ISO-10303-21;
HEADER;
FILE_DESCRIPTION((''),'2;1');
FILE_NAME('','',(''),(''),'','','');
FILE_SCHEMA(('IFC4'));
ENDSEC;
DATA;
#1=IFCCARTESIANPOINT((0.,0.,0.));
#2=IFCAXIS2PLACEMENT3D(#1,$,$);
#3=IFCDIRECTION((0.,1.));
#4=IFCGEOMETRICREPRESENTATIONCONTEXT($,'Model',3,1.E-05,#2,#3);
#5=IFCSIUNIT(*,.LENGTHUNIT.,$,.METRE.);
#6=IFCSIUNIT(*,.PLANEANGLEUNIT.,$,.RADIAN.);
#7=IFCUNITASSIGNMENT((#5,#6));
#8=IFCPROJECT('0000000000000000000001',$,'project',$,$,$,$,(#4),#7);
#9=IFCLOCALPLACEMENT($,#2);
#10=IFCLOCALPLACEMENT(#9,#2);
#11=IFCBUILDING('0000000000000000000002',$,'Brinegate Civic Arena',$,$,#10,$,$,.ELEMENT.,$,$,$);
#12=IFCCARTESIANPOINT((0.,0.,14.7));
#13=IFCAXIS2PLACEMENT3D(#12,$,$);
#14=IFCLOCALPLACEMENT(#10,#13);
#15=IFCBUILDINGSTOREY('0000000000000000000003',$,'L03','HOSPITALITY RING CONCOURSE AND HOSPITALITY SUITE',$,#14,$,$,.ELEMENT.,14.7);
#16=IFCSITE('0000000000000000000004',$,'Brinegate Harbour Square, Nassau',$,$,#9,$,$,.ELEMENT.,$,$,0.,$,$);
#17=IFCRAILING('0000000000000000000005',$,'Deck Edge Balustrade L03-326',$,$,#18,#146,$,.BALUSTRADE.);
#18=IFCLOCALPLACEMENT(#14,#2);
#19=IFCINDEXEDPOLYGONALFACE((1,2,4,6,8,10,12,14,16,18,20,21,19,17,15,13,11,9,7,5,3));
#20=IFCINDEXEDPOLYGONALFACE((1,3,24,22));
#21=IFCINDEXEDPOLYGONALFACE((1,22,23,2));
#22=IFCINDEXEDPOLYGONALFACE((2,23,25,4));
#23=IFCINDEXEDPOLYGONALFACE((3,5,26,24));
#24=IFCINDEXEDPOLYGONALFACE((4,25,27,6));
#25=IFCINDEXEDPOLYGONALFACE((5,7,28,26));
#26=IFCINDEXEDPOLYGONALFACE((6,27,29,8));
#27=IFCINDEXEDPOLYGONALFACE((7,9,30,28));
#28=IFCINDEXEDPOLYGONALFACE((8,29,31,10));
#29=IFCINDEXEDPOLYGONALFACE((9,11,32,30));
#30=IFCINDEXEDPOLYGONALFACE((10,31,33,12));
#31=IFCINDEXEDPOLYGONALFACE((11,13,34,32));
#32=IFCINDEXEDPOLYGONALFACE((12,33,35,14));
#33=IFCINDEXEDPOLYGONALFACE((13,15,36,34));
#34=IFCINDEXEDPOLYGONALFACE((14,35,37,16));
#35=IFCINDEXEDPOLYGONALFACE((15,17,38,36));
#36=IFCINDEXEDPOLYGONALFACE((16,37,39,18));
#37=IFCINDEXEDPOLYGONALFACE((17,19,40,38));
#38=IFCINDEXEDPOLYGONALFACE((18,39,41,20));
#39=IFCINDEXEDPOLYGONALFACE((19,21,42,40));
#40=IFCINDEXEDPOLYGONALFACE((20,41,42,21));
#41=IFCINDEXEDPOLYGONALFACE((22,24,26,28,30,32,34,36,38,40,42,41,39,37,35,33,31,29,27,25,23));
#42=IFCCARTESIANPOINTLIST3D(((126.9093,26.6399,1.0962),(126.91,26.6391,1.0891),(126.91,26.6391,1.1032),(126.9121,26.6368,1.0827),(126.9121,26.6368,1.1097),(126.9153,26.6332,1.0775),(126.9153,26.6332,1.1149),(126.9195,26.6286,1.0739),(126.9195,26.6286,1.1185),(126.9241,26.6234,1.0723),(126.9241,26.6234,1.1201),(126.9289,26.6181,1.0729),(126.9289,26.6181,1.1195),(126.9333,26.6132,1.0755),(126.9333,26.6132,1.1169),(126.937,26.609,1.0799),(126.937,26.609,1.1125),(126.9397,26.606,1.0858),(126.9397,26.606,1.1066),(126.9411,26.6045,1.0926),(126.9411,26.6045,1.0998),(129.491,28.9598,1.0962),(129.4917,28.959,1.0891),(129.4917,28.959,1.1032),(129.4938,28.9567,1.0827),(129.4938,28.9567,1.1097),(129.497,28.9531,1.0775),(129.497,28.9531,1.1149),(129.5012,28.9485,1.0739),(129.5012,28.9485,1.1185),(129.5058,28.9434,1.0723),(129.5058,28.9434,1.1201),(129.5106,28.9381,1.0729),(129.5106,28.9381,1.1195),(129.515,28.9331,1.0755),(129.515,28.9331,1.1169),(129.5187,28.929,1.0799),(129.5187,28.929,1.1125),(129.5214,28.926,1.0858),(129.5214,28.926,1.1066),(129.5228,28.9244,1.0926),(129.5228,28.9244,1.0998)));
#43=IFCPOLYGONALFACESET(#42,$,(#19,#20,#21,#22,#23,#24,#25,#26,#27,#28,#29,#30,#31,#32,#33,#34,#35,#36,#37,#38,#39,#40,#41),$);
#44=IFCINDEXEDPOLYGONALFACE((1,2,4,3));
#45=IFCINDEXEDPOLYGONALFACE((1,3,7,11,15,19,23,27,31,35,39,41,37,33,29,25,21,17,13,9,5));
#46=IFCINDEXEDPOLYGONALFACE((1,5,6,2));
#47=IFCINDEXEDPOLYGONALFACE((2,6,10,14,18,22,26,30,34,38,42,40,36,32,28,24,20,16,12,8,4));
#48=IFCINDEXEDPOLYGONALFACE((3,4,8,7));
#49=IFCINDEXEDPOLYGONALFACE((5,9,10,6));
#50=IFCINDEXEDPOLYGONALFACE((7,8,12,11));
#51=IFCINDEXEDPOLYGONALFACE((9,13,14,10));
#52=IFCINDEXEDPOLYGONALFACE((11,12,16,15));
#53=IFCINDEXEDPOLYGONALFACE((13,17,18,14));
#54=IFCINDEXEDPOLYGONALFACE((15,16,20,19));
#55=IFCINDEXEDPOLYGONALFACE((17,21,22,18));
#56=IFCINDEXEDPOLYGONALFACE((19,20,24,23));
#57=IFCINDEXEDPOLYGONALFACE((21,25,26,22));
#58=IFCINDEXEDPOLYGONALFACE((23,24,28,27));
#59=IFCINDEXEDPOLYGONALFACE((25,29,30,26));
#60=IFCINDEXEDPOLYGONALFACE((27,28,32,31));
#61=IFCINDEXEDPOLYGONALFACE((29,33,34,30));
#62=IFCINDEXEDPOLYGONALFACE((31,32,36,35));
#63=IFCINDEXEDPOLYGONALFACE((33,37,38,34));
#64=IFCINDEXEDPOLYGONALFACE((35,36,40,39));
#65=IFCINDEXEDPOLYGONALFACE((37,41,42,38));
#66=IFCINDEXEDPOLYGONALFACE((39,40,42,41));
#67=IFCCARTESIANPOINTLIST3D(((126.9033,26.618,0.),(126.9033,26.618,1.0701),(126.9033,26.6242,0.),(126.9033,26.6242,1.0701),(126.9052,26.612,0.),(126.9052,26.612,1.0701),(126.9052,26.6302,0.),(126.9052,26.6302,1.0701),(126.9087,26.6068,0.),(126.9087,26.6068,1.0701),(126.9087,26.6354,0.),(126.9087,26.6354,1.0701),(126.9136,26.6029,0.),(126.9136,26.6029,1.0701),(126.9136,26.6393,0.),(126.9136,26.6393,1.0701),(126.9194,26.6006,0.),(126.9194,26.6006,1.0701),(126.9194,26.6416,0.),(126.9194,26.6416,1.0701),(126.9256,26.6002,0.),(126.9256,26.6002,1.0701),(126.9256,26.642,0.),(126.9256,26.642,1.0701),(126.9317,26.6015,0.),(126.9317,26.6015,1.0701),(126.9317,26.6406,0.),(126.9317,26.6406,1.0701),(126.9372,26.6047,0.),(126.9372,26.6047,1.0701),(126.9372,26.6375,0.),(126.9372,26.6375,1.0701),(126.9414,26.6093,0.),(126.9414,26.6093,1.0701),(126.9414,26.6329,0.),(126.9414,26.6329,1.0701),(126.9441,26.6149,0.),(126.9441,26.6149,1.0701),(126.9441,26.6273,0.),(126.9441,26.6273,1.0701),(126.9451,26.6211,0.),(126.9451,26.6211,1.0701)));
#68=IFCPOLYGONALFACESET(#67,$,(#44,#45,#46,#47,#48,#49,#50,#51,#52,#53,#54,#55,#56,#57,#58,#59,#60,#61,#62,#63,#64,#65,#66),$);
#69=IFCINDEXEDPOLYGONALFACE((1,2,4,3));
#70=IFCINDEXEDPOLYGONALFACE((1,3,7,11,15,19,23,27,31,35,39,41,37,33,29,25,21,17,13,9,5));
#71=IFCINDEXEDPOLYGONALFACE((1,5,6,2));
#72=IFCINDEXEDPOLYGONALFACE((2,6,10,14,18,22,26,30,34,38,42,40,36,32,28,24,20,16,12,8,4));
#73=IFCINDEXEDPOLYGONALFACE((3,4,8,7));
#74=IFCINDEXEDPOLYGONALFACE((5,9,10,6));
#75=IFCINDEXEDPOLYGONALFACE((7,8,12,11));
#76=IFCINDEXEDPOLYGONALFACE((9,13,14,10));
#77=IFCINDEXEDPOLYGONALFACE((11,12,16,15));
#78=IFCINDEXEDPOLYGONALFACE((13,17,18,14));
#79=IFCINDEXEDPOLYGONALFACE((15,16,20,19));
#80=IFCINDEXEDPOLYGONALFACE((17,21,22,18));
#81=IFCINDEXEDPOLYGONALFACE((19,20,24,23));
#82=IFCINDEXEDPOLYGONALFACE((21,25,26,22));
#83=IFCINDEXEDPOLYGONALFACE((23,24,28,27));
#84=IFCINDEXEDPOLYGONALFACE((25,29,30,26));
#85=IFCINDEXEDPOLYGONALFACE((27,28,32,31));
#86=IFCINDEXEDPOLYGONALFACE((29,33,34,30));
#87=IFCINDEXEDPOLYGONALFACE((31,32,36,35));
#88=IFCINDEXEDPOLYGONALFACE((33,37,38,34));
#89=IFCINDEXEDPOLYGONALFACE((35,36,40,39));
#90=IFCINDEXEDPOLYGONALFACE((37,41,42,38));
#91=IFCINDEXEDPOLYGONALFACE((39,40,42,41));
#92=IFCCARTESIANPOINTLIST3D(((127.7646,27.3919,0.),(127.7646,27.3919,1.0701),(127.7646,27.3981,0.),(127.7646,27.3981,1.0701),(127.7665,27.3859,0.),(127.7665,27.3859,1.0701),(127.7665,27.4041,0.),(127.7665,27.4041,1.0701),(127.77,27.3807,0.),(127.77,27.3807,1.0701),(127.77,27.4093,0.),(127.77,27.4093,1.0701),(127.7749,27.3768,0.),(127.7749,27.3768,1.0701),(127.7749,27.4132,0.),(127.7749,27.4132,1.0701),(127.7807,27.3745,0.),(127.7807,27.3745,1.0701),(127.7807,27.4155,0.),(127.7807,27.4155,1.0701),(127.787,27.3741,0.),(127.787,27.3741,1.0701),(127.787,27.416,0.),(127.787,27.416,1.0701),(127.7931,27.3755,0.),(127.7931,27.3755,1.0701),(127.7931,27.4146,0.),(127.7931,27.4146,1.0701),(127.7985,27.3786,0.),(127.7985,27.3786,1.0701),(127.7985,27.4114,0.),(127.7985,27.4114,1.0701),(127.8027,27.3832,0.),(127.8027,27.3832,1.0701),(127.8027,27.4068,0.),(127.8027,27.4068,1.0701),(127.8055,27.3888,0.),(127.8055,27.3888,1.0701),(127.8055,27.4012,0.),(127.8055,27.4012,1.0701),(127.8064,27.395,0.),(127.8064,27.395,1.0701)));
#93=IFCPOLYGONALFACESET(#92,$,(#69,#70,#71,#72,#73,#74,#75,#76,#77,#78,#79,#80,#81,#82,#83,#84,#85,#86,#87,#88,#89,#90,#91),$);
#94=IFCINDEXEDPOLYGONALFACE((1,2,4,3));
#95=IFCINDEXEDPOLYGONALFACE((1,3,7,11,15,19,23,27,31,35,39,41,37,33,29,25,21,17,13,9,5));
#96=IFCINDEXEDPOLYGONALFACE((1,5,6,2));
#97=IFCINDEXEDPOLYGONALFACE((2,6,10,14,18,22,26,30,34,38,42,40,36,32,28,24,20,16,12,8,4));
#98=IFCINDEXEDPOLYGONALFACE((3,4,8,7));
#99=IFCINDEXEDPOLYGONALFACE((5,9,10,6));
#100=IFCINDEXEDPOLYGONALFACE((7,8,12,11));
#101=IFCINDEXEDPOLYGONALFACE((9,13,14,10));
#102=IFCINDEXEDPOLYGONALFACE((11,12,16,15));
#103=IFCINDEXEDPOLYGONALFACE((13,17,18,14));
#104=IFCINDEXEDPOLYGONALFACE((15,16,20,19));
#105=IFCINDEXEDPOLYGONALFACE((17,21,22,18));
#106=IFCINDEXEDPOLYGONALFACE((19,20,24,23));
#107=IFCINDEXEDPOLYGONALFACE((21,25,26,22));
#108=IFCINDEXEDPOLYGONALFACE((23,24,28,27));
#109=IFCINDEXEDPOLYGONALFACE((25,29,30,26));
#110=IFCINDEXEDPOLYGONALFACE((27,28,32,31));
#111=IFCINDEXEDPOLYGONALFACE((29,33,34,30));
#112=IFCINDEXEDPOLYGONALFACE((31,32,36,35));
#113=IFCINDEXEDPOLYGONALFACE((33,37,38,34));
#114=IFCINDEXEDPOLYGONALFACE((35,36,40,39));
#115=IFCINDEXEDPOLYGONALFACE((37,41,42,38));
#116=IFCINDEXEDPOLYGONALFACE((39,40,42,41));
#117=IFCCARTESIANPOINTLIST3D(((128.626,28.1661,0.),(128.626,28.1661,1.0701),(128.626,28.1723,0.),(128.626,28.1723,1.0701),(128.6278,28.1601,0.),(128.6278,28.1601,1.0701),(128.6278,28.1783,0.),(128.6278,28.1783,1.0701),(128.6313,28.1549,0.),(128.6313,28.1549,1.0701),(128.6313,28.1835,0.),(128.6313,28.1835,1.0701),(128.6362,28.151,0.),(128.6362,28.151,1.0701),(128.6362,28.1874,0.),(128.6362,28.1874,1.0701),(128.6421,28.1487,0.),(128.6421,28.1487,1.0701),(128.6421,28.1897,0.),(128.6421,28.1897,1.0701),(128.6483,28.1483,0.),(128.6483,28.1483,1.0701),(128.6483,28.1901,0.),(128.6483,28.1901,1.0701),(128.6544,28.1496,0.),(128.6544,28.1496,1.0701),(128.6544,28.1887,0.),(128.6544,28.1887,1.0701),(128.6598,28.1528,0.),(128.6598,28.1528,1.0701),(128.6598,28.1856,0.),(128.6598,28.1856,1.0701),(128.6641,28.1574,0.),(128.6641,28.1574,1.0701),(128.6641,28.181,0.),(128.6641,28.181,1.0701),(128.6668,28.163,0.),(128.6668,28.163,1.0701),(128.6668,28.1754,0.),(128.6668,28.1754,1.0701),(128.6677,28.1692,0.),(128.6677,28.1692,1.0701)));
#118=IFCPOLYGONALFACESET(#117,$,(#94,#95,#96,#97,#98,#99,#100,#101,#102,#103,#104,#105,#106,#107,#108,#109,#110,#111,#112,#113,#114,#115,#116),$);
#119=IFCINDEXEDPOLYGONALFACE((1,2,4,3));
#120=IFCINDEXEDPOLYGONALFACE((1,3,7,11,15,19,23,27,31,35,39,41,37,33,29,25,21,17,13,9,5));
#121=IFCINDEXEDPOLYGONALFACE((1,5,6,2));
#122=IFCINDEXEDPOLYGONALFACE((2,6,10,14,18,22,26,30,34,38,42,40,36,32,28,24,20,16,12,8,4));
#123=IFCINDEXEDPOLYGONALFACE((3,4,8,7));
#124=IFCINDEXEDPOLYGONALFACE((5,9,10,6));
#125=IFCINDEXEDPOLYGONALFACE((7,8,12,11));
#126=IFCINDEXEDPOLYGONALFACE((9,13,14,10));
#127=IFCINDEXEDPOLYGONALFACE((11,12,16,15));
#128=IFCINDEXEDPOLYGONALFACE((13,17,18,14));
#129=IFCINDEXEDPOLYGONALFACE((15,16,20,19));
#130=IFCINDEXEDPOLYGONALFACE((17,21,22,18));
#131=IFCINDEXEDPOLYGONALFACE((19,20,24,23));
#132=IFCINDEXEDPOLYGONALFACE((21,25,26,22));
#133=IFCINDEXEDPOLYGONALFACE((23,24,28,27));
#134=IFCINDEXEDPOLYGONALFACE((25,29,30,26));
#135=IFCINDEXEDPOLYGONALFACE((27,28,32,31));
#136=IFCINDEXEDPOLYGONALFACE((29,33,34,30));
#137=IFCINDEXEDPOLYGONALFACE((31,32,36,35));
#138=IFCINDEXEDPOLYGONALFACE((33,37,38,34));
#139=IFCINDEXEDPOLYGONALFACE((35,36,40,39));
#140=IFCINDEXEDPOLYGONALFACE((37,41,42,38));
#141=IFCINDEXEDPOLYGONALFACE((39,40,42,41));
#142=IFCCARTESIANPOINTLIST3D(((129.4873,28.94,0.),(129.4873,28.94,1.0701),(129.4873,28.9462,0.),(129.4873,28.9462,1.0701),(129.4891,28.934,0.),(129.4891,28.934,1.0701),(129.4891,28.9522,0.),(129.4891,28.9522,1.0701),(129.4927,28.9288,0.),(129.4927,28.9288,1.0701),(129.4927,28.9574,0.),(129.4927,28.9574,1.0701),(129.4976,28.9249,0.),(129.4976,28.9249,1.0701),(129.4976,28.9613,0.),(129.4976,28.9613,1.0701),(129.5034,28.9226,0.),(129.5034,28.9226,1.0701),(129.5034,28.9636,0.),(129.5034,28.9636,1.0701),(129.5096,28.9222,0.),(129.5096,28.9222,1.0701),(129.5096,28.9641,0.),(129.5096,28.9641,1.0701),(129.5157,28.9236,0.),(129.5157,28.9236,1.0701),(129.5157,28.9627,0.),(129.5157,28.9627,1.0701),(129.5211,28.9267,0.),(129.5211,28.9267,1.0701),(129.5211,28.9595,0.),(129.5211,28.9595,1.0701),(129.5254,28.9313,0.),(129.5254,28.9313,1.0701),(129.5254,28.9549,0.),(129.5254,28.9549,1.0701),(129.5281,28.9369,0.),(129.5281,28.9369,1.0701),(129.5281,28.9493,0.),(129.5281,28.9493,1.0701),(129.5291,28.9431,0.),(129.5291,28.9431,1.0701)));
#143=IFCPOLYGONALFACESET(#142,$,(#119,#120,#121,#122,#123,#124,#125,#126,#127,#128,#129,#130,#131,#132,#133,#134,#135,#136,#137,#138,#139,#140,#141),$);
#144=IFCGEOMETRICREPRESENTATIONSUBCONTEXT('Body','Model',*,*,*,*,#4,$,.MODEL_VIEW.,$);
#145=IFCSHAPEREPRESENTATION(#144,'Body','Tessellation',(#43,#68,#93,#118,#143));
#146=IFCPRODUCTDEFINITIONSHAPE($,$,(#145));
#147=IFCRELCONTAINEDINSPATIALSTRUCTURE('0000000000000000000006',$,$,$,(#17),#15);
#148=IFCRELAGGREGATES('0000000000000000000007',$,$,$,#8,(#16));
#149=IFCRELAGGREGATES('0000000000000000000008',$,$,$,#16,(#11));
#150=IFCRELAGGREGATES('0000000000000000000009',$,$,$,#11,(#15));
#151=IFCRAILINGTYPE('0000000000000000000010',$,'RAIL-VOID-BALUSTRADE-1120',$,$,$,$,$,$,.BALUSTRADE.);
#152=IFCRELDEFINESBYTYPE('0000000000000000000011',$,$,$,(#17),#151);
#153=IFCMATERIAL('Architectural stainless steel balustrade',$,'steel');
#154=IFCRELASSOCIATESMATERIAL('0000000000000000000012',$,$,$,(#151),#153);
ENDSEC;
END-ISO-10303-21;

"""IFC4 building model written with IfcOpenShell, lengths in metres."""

from ifc_helpers import new_model, si_unit, direction, frame, origin, origin_2d, place, context, subcontext, project, spatial, circle, extrude, material, type_object, element, save


model = new_model("IFC4")

# Units and contexts
model_context = context("Model", 3, precision=1e-05, world=origin(), true_north=direction((0.0, 1.0)))
body_context = subcontext(model_context, "Body", "Model", "MODEL_VIEW")
ifc_project = project(units=[si_unit("LENGTHUNIT", "METRE"), si_unit("PLANEANGLEUNIT", "RADIAN")], contexts=[model_context])

# Site, building, storey
site_placement = place(None, origin())
site = spatial("IfcSite", under=ifc_project, at=site_placement, Name="Brinegate Harbour Square, Nassau", CompositionType="ELEMENT", RefElevation=0.0)
building_placement = place(site_placement, origin())
building = spatial("IfcBuilding", under=site, at=building_placement, Name="Brinegate Civic Arena", CompositionType="ELEMENT")
storey_placement = place(building_placement, frame((0.0, 0.0, 14.7)))
storey = spatial("IfcBuildingStorey", under=building, at=storey_placement, Name="L03", Description="HOSPITALITY RING CONCOURSE AND HOSPITALITY SUITE", CompositionType="ELEMENT", Elevation=14.7)

# Railing
ifc_material_1 = material(Name="Architectural stainless steel balustrade", Category="steel")
railing_type = type_object("IfcRailingType", Name="RAIL-VOID-BALUSTRADE-1120", PredefinedType="BALUSTRADE", material=ifc_material_1)
railing_1_placement = place(storey_placement, frame((126.9241, 26.6211, 0.0)))
element("IfcRailing", 1, at=railing_1_placement, inside=storey, type_object=railing_type, Name="Deck Edge Balustrade L03-326", PredefinedType="BALUSTRADE", context=body_context, shape_type="SweptSolid", body=[
    extrude(circle(Radius=0.0239, at=origin_2d()), frame((0.0012, 0.001, 1.0962), z_axis=(0.743804, 0.668398, 0.0), x_axis=(-0.668398, 0.743804, 0.0)), (0.0, 0.0, 1.0), 3.4709),
    extrude(circle(Radius=0.021, at=origin_2d()), origin(), (0.0, 0.0, 1.0), 1.0701),
    extrude(circle(Radius=0.021, at=origin_2d()), frame((0.8613, 0.7739, 0.0)), (0.0, 0.0, 1.0), 1.0701),
    extrude(circle(Radius=0.021, at=origin_2d()), frame((1.7227, 1.5481, 0.0)), (0.0, 0.0, 1.0), 1.0701),
    extrude(circle(Radius=0.021, at=origin_2d()), frame((2.584, 2.322, 0.0)), (0.0, 0.0, 1.0), 1.0701),
])

save(model, "model.ifc")
